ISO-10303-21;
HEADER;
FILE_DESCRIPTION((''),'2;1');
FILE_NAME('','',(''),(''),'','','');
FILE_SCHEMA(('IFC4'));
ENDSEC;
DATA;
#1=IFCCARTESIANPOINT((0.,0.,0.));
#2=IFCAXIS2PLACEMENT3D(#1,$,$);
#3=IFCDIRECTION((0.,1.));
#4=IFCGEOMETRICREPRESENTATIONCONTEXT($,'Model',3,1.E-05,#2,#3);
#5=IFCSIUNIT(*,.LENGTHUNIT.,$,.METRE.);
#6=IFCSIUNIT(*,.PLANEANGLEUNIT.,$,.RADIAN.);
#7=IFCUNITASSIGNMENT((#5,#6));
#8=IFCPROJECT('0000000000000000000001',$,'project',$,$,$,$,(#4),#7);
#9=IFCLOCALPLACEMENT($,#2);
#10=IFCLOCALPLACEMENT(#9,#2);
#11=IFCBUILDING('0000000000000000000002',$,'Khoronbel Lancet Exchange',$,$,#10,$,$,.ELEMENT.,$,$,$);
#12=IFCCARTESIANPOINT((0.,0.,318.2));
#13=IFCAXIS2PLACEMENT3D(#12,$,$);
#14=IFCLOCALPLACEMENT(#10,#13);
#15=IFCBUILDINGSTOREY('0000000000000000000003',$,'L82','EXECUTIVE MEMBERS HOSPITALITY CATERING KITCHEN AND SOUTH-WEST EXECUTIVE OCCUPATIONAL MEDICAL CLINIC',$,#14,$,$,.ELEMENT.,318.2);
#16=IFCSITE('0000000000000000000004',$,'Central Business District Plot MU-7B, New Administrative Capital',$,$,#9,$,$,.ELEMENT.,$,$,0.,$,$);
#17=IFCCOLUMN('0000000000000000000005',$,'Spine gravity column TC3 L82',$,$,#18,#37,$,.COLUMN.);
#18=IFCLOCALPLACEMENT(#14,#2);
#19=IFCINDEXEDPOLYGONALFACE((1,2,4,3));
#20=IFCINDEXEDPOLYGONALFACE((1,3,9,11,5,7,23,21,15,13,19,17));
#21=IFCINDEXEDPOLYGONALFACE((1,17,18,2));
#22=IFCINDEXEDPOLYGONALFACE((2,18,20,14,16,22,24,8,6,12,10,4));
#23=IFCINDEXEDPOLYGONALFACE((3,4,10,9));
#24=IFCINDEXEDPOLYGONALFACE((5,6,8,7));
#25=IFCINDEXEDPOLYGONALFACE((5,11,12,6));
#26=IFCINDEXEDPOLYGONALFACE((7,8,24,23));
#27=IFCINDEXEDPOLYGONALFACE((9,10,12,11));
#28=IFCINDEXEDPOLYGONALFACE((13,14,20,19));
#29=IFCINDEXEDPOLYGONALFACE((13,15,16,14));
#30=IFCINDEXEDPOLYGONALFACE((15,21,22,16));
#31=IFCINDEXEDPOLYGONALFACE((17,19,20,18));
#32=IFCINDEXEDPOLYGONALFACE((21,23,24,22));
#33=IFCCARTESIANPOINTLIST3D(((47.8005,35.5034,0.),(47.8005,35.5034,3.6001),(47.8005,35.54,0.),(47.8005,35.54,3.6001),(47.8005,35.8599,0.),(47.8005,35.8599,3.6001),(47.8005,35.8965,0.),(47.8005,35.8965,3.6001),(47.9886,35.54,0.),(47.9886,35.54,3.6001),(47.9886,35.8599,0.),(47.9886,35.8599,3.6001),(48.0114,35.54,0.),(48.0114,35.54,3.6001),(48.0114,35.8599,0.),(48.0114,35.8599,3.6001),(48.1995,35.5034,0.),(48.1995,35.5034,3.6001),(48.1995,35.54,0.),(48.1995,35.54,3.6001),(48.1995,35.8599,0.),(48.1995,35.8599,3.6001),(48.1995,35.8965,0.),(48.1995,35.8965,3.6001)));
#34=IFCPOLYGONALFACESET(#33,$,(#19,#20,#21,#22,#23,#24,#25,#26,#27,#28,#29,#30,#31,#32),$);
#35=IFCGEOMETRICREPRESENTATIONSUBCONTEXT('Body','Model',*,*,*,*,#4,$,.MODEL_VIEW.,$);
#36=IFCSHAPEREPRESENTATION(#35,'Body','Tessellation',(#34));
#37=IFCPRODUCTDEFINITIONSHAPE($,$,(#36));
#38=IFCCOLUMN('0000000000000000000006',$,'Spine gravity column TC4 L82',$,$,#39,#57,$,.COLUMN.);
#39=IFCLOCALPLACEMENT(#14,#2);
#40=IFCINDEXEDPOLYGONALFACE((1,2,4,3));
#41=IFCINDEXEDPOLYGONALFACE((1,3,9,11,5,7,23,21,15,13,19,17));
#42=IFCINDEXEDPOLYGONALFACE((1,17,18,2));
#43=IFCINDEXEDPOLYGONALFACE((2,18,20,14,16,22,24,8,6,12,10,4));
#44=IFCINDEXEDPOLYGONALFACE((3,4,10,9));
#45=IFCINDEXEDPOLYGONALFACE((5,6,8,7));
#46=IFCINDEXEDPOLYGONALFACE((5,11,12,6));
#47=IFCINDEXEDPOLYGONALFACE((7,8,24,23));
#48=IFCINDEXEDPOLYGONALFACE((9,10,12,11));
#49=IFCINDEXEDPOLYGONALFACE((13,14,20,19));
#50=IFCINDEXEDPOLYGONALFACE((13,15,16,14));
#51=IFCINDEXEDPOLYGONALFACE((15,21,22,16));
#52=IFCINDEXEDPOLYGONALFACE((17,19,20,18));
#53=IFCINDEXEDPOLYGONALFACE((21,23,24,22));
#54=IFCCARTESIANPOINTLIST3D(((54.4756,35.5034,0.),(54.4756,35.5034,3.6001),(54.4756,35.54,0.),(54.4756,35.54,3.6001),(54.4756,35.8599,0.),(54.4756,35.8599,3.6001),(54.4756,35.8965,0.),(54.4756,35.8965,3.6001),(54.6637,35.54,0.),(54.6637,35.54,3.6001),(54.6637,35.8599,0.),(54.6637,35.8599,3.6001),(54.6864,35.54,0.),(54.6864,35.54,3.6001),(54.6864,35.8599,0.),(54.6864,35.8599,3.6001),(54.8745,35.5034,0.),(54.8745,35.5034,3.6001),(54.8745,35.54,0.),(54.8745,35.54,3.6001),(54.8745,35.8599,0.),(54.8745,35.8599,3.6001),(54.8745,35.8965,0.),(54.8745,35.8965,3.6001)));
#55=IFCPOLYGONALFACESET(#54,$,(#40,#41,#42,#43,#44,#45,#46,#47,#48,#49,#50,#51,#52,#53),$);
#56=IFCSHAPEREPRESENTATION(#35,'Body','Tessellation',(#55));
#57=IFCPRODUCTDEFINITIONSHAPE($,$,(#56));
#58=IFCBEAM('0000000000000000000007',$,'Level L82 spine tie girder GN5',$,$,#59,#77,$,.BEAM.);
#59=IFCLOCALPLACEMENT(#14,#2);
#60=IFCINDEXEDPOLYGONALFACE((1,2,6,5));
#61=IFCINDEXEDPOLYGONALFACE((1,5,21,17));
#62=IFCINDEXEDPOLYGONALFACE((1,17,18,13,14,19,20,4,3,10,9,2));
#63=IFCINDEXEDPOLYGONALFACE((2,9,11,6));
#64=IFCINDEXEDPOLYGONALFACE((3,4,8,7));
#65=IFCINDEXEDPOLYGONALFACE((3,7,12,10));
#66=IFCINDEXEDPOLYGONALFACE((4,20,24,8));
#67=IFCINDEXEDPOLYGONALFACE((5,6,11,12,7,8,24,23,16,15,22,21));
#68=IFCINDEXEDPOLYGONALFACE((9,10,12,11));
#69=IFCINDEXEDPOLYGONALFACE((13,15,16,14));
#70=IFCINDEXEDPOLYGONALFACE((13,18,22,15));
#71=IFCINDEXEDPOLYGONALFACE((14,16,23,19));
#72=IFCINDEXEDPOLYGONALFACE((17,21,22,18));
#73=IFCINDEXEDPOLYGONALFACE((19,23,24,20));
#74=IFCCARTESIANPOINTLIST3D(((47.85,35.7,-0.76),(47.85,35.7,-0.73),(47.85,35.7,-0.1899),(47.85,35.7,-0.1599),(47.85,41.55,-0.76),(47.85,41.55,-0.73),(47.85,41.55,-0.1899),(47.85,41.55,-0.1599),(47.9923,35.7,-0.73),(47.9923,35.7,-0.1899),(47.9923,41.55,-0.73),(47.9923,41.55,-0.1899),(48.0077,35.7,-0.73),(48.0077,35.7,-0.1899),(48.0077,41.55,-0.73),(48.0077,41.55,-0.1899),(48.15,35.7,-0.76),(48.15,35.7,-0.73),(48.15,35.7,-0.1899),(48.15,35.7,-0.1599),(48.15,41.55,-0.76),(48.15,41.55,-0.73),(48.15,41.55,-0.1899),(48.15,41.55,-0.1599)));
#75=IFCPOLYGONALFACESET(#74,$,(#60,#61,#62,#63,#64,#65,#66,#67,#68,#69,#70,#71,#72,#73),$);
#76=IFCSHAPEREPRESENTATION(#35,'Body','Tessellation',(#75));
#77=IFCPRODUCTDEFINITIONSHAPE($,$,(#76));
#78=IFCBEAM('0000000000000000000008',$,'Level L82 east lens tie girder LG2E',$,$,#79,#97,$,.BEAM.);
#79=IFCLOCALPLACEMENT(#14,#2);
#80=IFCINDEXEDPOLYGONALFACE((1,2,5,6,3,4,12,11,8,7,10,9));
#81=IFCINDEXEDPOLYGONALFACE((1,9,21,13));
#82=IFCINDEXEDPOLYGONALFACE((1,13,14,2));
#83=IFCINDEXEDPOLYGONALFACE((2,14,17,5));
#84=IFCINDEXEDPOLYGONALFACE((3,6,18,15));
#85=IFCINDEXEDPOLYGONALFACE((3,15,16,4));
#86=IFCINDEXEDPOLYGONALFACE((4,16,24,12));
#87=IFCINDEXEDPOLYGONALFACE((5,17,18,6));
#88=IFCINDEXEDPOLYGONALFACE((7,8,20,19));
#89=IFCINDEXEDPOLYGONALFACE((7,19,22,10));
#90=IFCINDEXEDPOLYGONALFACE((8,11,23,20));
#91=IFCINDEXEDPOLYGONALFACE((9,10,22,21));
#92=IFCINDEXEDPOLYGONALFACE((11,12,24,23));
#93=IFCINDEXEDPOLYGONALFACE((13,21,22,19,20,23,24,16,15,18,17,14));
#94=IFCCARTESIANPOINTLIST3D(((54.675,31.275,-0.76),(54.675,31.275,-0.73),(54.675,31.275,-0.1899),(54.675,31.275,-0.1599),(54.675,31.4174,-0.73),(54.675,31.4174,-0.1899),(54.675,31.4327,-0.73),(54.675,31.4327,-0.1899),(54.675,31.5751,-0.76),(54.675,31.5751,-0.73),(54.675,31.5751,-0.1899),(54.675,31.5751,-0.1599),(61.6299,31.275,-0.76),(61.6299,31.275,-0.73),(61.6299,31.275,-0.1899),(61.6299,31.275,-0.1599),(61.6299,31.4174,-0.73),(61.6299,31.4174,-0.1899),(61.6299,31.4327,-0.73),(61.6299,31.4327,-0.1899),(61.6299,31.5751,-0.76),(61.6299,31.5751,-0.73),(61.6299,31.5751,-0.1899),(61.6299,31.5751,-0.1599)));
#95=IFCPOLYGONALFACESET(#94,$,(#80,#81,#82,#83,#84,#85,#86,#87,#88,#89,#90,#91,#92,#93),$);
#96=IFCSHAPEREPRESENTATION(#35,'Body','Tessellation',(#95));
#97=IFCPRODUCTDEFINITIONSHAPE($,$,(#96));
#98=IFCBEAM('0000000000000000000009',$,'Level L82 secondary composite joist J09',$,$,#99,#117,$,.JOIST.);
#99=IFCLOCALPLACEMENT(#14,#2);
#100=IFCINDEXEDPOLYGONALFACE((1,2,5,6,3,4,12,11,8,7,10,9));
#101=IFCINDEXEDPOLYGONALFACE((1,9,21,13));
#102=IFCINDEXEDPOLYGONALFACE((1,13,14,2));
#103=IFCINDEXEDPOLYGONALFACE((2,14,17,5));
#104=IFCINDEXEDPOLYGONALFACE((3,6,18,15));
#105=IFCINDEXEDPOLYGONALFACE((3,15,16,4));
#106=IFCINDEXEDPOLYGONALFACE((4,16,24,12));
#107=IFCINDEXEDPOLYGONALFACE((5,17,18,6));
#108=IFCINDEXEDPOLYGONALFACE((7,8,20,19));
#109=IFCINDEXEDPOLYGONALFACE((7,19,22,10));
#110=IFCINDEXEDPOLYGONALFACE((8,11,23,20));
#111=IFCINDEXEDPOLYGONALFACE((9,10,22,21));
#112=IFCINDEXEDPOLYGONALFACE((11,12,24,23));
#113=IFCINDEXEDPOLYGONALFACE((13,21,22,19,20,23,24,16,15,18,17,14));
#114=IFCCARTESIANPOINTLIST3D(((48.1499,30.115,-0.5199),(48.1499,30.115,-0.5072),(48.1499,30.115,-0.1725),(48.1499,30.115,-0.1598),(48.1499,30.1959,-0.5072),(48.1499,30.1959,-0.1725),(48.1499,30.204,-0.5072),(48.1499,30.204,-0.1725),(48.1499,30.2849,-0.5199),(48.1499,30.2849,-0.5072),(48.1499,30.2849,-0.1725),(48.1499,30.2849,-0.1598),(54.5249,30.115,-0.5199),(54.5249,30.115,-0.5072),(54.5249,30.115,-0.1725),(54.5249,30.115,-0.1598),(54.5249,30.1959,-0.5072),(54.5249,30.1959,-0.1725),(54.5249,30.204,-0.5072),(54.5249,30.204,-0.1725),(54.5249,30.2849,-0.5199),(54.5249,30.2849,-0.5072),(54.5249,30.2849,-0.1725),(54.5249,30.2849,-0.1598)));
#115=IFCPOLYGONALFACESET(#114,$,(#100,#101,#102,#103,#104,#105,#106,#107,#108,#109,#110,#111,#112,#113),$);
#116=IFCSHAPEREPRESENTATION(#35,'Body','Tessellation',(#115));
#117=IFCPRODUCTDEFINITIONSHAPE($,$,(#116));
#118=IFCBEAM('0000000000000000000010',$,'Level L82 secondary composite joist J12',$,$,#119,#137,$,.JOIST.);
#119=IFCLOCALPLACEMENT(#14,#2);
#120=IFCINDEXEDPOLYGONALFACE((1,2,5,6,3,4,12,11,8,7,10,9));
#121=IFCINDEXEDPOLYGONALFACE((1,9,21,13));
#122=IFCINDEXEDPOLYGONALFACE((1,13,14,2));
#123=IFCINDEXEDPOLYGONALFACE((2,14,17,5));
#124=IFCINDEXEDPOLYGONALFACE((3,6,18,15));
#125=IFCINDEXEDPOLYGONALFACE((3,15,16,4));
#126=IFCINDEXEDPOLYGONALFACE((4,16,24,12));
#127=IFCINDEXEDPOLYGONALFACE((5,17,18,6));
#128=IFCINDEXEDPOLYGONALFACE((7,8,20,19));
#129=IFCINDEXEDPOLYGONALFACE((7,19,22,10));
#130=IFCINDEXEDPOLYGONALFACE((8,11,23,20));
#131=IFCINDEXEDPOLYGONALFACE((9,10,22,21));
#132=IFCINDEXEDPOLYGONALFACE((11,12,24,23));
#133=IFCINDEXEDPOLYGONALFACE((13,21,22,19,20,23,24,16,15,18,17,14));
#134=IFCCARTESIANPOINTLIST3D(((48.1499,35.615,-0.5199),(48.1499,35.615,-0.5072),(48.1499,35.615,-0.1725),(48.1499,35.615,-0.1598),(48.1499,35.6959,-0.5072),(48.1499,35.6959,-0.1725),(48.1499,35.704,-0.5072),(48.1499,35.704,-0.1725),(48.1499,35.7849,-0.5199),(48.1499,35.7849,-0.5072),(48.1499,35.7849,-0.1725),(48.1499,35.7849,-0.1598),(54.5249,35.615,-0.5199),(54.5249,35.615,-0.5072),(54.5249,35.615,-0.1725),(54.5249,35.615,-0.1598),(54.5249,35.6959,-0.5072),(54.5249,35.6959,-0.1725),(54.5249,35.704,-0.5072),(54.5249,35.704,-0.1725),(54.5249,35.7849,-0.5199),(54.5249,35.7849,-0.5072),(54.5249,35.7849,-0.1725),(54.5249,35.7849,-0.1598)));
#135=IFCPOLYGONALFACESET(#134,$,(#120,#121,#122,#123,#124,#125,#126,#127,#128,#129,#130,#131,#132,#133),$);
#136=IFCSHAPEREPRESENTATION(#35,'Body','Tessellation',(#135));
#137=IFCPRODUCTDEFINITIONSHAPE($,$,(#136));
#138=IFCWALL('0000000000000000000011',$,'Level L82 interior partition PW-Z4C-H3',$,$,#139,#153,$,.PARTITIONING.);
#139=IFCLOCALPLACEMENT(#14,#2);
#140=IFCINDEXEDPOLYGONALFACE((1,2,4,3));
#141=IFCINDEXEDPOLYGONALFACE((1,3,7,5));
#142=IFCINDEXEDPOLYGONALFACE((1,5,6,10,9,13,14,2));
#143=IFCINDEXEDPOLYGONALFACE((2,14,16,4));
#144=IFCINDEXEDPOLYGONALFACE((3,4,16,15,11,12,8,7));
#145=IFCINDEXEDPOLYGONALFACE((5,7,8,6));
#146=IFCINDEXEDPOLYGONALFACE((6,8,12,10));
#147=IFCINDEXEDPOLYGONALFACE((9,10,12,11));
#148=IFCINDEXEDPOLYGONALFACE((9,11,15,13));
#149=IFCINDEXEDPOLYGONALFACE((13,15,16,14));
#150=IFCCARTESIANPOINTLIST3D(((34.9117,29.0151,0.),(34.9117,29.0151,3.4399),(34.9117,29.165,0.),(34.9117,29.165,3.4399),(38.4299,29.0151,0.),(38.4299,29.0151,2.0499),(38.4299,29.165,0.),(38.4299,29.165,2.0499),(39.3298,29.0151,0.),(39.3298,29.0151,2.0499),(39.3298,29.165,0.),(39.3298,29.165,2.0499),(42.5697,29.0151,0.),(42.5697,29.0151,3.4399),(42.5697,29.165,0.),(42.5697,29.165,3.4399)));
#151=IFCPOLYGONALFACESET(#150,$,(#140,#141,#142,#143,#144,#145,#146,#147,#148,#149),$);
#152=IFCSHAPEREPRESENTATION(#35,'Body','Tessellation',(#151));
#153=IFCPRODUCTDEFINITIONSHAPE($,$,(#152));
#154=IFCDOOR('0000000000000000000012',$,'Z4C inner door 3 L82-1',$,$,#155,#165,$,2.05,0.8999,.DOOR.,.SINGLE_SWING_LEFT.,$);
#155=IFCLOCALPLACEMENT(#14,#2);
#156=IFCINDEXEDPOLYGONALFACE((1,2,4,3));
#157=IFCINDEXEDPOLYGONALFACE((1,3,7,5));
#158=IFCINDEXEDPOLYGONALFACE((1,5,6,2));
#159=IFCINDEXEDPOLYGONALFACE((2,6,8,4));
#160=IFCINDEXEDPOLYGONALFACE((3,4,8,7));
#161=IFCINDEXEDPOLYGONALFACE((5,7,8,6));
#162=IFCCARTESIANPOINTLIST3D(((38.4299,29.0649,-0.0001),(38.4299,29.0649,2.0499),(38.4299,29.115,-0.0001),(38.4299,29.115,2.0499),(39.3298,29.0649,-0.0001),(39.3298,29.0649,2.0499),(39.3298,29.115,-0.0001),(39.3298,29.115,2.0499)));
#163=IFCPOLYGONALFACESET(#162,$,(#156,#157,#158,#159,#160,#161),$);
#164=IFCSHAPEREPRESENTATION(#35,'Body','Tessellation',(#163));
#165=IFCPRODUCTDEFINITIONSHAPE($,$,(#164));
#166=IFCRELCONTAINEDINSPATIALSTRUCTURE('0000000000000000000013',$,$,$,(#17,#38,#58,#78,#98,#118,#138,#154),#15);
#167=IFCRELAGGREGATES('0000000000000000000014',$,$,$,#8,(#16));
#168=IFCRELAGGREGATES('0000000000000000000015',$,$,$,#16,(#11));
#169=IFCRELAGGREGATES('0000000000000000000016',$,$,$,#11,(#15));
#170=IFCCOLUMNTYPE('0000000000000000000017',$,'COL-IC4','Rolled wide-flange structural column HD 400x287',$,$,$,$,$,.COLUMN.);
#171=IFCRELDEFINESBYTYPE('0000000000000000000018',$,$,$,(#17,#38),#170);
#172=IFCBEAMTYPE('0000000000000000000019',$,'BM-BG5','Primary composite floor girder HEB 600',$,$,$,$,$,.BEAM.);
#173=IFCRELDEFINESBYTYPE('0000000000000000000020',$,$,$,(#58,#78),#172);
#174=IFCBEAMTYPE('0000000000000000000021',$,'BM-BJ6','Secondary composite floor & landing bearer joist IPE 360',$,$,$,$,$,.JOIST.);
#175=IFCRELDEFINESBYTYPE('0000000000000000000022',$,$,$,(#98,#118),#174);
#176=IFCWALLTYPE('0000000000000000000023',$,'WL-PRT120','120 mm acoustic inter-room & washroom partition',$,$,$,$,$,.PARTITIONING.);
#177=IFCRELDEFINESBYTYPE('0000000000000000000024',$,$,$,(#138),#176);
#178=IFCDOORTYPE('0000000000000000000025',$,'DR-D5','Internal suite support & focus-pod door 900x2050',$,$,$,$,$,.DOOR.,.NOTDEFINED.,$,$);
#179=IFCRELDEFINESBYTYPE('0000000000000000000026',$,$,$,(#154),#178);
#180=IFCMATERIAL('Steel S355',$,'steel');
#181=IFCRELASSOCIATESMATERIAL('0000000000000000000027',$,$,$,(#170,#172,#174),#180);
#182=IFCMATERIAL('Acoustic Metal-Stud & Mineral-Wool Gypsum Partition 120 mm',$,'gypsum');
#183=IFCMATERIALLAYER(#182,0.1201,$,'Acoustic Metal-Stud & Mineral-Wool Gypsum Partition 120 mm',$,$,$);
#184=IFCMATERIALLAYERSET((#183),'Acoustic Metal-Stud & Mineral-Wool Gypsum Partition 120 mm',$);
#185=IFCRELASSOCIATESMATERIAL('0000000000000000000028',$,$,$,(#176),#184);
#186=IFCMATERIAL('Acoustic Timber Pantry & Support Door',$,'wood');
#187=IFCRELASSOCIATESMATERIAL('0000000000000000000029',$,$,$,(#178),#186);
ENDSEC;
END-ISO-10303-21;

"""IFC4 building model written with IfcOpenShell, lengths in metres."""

from ifc_helpers import new_model, si_unit, direction, frame, frame_2d, origin, origin_2d, place, context, subcontext, project, spatial, rectangle, i_section, extrude, material, layer, layer_set, material_profile, profile_set, type_object, element, fill, save


model = new_model("IFC4")

# Units and contexts
model_context = context("Model", 3, precision=1e-05, world=origin(), true_north=direction((0.0, 1.0)))
body_context = subcontext(model_context, "Body", "Model", "MODEL_VIEW")
ifc_project = project(units=[si_unit("LENGTHUNIT", "METRE"), si_unit("PLANEANGLEUNIT", "RADIAN")], contexts=[model_context])

# Site, building, storey
site_placement = place(None, origin())
site = spatial("IfcSite", under=ifc_project, at=site_placement, Name="Central Business District Plot MU-7B, New Administrative Capital", CompositionType="ELEMENT", RefElevation=0.0)
building_placement = place(site_placement, origin())
building = spatial("IfcBuilding", under=site, at=building_placement, Name="Khoronbel Lancet Exchange", CompositionType="ELEMENT")
storey_placement = place(building_placement, frame((0.0, 0.0, 318.2)))
storey = spatial("IfcBuildingStorey", under=building, at=storey_placement, Name="L82", Description="EXECUTIVE MEMBERS HOSPITALITY CATERING KITCHEN AND SOUTH-WEST EXECUTIVE OCCUPATIONAL MEDICAL CLINIC", CompositionType="ELEMENT", Elevation=318.2)

# Columns
ifc_material_1 = material(Name="Steel S355", Category="steel")
ifc_material_profile_1 = material_profile(ifc_material_1, i_section(OverallWidth=0.3989, OverallDepth=0.3931, WebThickness=0.0227, FlangeThickness=0.0366, at=origin_2d()), Name="HD 400x287")
ifc_profile_set_1 = profile_set([ifc_material_profile_1], Name="Steel S355")
column_type = type_object("IfcColumnType", Name="COL-IC4", Description="Rolled wide-flange structural column HD 400x287", PredefinedType="COLUMN", material=ifc_profile_set_1)
for number, where, z_axis, x_axis, name in (
    (1, (48.0, 35.7, 0.0), (0.0, 0.0, 1.0), (1.0, 0.0, 0.0), "Spine gravity column TC3 L82"),
    (2, (54.675, 35.7, 0.0), (0.0, 0.0, 1.0), (1.0, 0.0, 0.0), "Spine gravity column TC4 L82"),
):
    element("IfcColumn", number, at=place(storey_placement, frame(where, z_axis=z_axis, x_axis=x_axis)), inside=storey, type_object=column_type, Name=name, PredefinedType="COLUMN", context=body_context, shape_type="SweptSolid", body=[
        extrude(i_section(OverallWidth=0.3989, OverallDepth=0.3931, WebThickness=0.0227, FlangeThickness=0.0366, at=origin_2d()), origin(), (0.0, 0.0, 1.0), 3.6001),
    ])

# Beams
ifc_material_profile_2 = material_profile(ifc_material_1, i_section(OverallWidth=0.3, OverallDepth=0.6001, WebThickness=0.0154, FlangeThickness=0.03, at=origin_2d()), Name="HEB 600")
ifc_profile_set_2 = profile_set([ifc_material_profile_2], Name="Steel S355")
beam_type_1 = type_object("IfcBeamType", Name="BM-BG5", Description="Primary composite floor girder HEB 600", PredefinedType="BEAM", material=ifc_profile_set_2)
beam_1_placement = place(storey_placement, frame((48.0, 35.7, -0.46), z_axis=(0.0, 1.0, 0.0), x_axis=(-1.0, 0.0, 0.0)))
element("IfcBeam", 3, at=beam_1_placement, inside=storey, type_object=beam_type_1, Name="Level L82 spine tie girder GN5", PredefinedType="BEAM", context=body_context, shape_type="SweptSolid", body=[
    extrude(i_section(OverallWidth=0.3, OverallDepth=0.6001, WebThickness=0.0154, FlangeThickness=0.03, at=origin_2d()), origin(), (0.0, 0.0, 1.0), 5.8501),
])
beam_2_placement = place(storey_placement, frame((54.675, 31.425, -0.46), z_axis=(1.0, 0.0, 0.0), x_axis=(0.0, 1.0, 0.0)))
element("IfcBeam", 4, at=beam_2_placement, inside=storey, type_object=beam_type_1, Name="Level L82 east lens tie girder LG2E", PredefinedType="BEAM", context=body_context, shape_type="SweptSolid", body=[
    extrude(i_section(OverallWidth=0.3, OverallDepth=0.6001, WebThickness=0.0154, FlangeThickness=0.03, at=origin_2d()), origin(), (0.0, 0.0, 1.0), 6.9548),
])
ifc_material_profile_3 = material_profile(ifc_material_1, i_section(OverallWidth=0.1699, OverallDepth=0.3601, WebThickness=0.0081, FlangeThickness=0.0127, at=origin_2d()), Name="IPE 360")
ifc_profile_set_3 = profile_set([ifc_material_profile_3], Name="Steel S355")
beam_type_2 = type_object("IfcBeamType", Name="BM-BJ6", Description="Secondary composite floor & landing bearer joist IPE 360", PredefinedType="JOIST", material=ifc_profile_set_3)
for number, where, z_axis, x_axis, name in (
    (5, (48.1499, 30.2, -0.3398), (1.0, 0.0, 0.0), (0.0, 1.0, 0.0), "Level L82 secondary composite joist J09"),
    (6, (48.1499, 35.7, -0.3398), (1.0, 0.0, 0.0), (0.0, 1.0, 0.0), "Level L82 secondary composite joist J12"),
):
    element("IfcBeam", number, at=place(storey_placement, frame(where, z_axis=z_axis, x_axis=x_axis)), inside=storey, type_object=beam_type_2, Name=name, PredefinedType="JOIST", context=body_context, shape_type="SweptSolid", body=[
        extrude(i_section(OverallWidth=0.1699, OverallDepth=0.3601, WebThickness=0.0081, FlangeThickness=0.0127, at=origin_2d()), origin(), (0.0, 0.0, 1.0), 6.375),
    ])

# Wall, opening, door
ifc_material_2 = material(Name="Acoustic Metal-Stud & Mineral-Wool Gypsum Partition 120 mm", Category="gypsum")
ifc_layer_1 = layer(ifc_material_2, 0.1201, Name="Acoustic Metal-Stud & Mineral-Wool Gypsum Partition 120 mm")
ifc_layer_set_1 = layer_set([ifc_layer_1], Name="Acoustic Metal-Stud & Mineral-Wool Gypsum Partition 120 mm")
wall_type_1 = type_object("IfcWallType", Name="WL-PRT120", Description="120 mm acoustic inter-room & washroom partition", PredefinedType="PARTITIONING", material=ifc_layer_set_1)
wall_1_placement = place(storey_placement, frame((34.9116, 29.0901, 0.0), z_axis=(0.0, 0.0, 1.0), x_axis=(1.0, 0.0, 0.0)))
wall_1 = element("IfcWall", 7, at=wall_1_placement, inside=storey, type_object=wall_type_1, Name="Level L82 interior partition PW-Z4C-H3", PredefinedType="PARTITIONING", context=body_context, shape_type="SweptSolid", body=[
    extrude(rectangle(XDim=7.658, YDim=0.1499, at=frame_2d((3.8291, 0.0))), origin(), (0.0, 0.0, 1.0), 3.4399),
])
opening_1_placement = place(wall_1_placement, frame((3.5183, 0.0, 0.0)))
opening_1 = element("IfcOpeningElement", 8, at=opening_1_placement, cuts=wall_1, PredefinedType="OPENING", context=body_context, shape_type="SweptSolid", body=[
    extrude(rectangle(XDim=0.8999, YDim=2.05, at=frame_2d((0.45, 1.0249))), frame((0.0, 0.085, 0.0), z_axis=(0.0, -1.0, 0.0), x_axis=(1.0, 0.0, 0.0)), (0.0, 0.0, 1.0), 0.1699),
])
ifc_material_3 = material(Name="Acoustic Timber Pantry & Support Door", Category="wood")
door_type_1 = type_object("IfcDoorType", Name="DR-D5", Description="Internal suite support & focus-pod door 900x2050", OperationType="NOTDEFINED", PredefinedType="DOOR", material=ifc_material_3)
door_1_placement = place(opening_1_placement, origin())
door_1 = element("IfcDoor", 9, at=door_1_placement, inside=storey, type_object=door_type_1, Name="Z4C inner door 3 L82-1", OperationType="SINGLE_SWING_LEFT", OverallHeight=2.05, OverallWidth=0.8999, PredefinedType="DOOR", context=body_context, shape_type="SweptSolid", body=[
    extrude(rectangle(XDim=0.8999, YDim=2.05, at=frame_2d((0.45, 1.0249))), frame((0.0, 0.0249, 0.0), z_axis=(0.0, -1.0, 0.0), x_axis=(1.0, 0.0, 0.0)), (0.0, 0.0, 1.0), 0.05),
])
fill(opening_1, door_1)

save(model, "model.ifc")
